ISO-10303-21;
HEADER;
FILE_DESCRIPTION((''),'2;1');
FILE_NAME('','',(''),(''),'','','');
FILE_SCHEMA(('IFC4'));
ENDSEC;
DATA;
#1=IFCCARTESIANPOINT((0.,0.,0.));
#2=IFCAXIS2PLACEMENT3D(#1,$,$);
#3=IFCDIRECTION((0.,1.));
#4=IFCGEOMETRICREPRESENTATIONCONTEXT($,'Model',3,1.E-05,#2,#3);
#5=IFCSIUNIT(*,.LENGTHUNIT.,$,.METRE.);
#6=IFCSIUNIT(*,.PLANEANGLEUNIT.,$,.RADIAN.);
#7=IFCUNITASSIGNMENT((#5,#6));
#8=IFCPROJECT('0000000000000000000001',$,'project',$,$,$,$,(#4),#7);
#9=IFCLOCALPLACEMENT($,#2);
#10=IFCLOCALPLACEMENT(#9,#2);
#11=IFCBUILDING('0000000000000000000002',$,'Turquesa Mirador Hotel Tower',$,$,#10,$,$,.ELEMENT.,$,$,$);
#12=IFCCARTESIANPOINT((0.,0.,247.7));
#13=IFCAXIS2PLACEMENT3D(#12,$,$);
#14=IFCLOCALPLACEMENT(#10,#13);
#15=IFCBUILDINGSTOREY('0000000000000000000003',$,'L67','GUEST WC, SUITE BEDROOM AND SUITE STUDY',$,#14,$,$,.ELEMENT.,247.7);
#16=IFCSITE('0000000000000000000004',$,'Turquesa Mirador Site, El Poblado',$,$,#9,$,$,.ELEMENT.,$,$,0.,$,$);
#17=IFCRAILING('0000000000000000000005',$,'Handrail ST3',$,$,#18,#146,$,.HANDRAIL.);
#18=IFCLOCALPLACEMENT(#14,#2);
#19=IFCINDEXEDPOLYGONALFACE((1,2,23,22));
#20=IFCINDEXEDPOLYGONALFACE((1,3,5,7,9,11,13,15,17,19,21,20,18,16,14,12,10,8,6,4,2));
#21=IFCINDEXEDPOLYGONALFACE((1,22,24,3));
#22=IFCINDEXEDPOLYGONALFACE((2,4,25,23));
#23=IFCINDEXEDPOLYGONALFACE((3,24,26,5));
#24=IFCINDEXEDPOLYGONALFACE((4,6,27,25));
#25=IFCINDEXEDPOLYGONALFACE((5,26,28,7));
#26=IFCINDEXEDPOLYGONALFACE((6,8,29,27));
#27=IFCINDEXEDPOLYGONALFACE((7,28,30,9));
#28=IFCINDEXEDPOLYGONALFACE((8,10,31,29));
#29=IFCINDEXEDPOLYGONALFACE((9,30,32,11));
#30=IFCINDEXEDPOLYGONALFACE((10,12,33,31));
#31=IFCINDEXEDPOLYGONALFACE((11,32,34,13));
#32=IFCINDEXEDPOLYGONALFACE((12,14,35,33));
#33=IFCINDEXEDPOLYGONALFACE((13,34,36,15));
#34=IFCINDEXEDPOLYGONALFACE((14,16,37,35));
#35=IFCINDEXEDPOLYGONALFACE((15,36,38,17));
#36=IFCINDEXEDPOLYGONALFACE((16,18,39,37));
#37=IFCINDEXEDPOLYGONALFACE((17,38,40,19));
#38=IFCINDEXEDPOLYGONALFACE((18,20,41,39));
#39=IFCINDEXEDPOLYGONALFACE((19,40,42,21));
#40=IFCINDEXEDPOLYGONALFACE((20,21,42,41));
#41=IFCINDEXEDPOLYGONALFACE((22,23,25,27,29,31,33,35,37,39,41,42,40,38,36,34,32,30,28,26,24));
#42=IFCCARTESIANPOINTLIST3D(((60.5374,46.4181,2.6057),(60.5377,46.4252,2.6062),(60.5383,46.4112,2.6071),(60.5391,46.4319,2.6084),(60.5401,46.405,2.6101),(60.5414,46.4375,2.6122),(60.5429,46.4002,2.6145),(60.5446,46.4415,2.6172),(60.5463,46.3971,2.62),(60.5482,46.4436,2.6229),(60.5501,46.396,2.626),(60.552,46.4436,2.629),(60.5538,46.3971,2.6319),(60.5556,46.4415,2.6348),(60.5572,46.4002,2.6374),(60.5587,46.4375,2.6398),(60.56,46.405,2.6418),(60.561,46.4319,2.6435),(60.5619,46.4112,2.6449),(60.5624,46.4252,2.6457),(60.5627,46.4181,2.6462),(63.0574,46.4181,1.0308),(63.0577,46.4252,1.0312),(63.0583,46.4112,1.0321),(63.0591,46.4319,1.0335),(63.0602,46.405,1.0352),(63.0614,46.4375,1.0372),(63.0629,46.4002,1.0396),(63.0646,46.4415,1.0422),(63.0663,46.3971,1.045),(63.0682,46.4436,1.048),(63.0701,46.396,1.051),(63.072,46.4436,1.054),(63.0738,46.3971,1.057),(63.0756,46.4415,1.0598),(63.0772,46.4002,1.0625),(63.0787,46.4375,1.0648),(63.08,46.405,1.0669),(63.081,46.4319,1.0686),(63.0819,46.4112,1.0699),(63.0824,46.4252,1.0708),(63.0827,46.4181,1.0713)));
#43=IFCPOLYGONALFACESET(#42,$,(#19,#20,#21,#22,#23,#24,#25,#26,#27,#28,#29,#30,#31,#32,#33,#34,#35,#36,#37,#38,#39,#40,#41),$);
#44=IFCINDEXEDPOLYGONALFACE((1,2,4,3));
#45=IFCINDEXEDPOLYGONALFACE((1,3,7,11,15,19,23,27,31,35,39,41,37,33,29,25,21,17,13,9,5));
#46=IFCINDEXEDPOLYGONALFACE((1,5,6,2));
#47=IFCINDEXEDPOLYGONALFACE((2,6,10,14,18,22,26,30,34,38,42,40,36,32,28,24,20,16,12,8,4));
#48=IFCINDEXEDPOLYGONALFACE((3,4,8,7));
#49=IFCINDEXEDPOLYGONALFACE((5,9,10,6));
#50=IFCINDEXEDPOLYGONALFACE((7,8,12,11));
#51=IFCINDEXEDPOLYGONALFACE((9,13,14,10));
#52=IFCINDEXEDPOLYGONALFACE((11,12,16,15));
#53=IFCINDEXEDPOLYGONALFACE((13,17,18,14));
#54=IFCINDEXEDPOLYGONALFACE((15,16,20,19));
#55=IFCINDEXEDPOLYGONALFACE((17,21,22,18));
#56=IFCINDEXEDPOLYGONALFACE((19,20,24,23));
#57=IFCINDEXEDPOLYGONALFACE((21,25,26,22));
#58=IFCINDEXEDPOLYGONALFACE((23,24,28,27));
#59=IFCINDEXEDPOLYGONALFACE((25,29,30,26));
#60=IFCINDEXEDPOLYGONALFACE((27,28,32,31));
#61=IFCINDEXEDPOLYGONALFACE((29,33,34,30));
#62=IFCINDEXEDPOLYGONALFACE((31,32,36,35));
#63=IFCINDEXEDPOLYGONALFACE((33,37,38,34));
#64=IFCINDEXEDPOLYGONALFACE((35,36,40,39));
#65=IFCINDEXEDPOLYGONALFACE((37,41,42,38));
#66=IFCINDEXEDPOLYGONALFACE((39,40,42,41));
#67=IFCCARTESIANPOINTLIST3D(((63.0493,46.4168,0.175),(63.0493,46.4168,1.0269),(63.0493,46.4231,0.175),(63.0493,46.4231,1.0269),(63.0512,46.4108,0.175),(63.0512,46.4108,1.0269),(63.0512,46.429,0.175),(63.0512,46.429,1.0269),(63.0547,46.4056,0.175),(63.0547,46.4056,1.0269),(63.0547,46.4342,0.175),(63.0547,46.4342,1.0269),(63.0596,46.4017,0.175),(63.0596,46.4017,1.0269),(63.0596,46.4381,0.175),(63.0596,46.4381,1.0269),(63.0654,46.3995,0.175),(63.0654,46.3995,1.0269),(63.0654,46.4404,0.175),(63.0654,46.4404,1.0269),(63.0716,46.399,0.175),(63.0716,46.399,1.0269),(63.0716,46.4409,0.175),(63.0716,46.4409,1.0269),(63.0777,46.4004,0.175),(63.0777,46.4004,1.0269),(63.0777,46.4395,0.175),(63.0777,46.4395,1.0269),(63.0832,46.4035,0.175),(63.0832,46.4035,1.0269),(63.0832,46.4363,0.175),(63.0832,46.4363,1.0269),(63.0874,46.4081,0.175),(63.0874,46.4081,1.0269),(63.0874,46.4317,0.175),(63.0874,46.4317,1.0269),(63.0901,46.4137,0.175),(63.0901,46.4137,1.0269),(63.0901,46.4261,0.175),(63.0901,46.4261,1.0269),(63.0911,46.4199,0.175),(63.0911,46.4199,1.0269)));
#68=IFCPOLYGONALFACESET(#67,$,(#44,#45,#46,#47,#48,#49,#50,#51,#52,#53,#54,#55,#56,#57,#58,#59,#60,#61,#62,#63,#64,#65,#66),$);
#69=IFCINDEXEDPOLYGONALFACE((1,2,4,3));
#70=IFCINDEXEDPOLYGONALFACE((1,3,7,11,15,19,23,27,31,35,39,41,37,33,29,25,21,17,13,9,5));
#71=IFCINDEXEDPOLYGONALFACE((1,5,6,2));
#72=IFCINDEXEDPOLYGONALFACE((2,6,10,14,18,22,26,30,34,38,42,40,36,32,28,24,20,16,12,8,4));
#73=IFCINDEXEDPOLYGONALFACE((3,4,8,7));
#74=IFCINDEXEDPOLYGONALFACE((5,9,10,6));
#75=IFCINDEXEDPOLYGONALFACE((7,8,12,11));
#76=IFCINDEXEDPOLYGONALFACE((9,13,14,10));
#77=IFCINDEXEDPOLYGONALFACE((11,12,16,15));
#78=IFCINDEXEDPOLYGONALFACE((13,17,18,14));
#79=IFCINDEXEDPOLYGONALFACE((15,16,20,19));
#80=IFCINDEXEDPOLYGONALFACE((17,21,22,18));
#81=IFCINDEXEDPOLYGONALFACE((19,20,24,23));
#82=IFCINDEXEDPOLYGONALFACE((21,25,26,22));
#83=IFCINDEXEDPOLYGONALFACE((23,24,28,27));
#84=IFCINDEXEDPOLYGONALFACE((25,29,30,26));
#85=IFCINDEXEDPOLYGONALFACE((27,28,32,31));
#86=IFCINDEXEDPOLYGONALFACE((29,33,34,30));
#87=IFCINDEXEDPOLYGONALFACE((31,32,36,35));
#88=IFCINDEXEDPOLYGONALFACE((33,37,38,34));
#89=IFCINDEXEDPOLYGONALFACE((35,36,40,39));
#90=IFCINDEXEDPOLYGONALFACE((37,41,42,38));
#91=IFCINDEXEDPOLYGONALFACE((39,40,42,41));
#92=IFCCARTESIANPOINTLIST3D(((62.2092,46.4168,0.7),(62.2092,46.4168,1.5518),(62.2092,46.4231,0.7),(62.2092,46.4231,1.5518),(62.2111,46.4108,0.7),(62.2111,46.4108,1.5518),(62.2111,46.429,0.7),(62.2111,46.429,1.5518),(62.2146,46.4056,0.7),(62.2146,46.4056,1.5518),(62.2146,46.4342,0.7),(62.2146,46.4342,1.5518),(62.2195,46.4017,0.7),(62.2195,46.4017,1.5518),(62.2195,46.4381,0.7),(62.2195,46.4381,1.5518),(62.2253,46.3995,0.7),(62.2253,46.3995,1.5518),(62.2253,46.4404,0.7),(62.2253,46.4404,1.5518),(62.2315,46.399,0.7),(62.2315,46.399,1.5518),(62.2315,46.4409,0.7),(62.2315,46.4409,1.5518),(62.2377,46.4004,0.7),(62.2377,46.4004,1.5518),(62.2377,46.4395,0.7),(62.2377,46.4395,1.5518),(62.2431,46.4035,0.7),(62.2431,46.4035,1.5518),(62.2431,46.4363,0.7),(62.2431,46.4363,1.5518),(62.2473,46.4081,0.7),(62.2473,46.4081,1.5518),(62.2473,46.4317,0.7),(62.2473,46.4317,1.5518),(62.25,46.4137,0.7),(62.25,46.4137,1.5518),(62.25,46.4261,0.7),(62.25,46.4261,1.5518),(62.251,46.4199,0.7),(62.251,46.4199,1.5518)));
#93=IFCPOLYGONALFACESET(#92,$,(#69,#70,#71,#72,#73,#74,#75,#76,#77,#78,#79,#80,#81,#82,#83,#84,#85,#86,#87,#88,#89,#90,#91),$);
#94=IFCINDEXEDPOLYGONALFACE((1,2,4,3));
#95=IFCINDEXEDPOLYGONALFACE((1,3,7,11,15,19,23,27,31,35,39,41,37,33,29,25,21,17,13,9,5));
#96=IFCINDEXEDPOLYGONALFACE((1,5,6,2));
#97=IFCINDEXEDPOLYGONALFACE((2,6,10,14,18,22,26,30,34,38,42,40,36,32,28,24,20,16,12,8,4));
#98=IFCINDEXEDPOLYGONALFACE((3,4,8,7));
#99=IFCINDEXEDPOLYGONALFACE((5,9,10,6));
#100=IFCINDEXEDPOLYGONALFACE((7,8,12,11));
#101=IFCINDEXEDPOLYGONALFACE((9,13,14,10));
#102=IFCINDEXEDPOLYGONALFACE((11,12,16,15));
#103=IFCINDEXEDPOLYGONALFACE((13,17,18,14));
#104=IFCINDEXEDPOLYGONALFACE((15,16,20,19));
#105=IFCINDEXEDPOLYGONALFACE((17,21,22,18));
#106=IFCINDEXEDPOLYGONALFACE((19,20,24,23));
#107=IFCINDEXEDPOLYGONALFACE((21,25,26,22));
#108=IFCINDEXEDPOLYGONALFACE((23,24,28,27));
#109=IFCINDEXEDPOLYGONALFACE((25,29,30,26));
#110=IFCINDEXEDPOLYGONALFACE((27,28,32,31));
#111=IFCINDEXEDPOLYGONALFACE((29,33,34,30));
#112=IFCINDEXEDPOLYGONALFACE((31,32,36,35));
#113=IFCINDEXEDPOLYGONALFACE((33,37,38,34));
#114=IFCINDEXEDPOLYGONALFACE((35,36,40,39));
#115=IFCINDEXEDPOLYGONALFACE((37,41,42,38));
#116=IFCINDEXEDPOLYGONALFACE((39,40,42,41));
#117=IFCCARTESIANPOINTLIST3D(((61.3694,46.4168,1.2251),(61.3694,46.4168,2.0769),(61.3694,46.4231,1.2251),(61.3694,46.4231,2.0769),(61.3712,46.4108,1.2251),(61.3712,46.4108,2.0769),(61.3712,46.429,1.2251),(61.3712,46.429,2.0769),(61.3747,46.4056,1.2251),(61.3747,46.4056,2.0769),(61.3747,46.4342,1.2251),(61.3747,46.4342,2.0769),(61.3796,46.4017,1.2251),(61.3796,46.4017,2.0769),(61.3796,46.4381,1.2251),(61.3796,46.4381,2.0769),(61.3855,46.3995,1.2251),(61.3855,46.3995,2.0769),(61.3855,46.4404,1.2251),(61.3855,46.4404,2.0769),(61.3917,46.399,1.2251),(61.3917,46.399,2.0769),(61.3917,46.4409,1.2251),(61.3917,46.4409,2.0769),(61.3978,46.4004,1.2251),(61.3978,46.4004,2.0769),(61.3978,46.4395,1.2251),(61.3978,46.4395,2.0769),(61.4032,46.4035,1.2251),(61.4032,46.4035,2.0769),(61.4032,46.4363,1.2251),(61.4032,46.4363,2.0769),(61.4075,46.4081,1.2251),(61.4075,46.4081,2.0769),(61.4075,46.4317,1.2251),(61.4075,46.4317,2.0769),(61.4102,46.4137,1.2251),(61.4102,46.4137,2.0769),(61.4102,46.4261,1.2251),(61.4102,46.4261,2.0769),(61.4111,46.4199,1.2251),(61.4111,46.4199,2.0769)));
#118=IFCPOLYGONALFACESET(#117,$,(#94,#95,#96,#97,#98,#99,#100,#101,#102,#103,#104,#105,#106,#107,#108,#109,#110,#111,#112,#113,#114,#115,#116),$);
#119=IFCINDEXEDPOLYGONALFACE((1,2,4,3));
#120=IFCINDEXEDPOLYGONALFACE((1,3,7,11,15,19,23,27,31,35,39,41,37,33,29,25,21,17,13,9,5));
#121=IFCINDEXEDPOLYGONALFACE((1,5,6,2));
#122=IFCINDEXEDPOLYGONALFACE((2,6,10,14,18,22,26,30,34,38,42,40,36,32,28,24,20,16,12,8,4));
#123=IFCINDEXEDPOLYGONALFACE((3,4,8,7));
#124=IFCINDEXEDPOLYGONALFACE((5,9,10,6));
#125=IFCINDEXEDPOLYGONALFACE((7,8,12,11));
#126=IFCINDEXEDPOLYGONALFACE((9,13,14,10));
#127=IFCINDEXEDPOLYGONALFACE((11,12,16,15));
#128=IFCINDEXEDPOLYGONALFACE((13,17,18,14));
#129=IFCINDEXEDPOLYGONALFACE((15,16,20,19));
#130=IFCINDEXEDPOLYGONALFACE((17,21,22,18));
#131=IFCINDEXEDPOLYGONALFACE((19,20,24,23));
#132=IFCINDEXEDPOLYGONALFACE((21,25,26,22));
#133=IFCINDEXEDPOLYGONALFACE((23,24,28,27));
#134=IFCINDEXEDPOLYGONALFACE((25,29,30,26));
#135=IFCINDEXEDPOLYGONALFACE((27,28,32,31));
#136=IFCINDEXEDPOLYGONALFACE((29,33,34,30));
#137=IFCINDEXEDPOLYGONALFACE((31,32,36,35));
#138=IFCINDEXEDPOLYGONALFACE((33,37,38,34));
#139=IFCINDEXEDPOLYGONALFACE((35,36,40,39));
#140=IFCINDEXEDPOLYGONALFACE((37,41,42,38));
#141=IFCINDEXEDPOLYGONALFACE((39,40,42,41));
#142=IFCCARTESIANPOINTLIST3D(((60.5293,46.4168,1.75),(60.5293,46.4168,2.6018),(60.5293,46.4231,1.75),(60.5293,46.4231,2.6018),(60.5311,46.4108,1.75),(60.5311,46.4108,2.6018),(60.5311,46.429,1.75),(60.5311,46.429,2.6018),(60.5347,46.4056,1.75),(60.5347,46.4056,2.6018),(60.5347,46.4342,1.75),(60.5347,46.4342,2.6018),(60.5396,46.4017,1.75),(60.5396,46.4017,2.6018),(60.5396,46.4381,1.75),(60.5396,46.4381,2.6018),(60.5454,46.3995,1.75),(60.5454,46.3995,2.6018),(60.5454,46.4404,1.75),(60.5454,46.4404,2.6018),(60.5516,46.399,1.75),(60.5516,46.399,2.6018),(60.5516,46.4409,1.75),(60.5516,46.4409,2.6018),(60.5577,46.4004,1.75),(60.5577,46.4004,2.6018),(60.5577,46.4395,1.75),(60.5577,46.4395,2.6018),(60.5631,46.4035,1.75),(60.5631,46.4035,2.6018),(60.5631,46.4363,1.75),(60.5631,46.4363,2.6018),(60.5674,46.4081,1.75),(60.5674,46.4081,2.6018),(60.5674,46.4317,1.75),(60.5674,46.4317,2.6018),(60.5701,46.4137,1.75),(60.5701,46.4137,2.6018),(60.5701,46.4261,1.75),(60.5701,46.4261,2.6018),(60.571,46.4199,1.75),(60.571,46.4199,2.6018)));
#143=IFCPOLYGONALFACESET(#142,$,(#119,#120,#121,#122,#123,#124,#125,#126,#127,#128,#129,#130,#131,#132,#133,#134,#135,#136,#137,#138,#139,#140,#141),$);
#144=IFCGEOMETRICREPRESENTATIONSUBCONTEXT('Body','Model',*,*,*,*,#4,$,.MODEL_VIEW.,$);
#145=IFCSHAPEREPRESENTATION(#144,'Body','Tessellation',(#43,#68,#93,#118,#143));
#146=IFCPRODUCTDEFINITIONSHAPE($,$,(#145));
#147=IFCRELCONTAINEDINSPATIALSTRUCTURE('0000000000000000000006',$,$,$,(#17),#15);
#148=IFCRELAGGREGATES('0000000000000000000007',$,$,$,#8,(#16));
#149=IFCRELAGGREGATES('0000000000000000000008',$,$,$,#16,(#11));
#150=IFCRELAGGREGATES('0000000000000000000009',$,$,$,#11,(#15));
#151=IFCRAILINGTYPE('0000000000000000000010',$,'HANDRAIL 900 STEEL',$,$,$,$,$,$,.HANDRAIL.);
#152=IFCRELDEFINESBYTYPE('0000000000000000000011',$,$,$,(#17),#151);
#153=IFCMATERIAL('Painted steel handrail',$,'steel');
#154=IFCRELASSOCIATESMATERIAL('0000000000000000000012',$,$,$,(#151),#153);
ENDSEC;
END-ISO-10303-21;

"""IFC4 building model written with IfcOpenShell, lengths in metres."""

from ifc_helpers import new_model, si_unit, direction, frame, origin, origin_2d, place, context, subcontext, project, spatial, circle, extrude, material, type_object, element, save


model = new_model("IFC4")

# Units and contexts
model_context = context("Model", 3, precision=1e-05, world=origin(), true_north=direction((0.0, 1.0)))
body_context = subcontext(model_context, "Body", "Model", "MODEL_VIEW")
ifc_project = project(units=[si_unit("LENGTHUNIT", "METRE"), si_unit("PLANEANGLEUNIT", "RADIAN")], contexts=[model_context])

# Site, building, storey
site_placement = place(None, origin())
site = spatial("IfcSite", under=ifc_project, at=site_placement, Name="Turquesa Mirador Site, El Poblado", CompositionType="ELEMENT", RefElevation=0.0)
building_placement = place(site_placement, origin())
building = spatial("IfcBuilding", under=site, at=building_placement, Name="Turquesa Mirador Hotel Tower", CompositionType="ELEMENT")
storey_placement = place(building_placement, frame((0.0, 0.0, 247.7)))
storey = spatial("IfcBuildingStorey", under=building, at=storey_placement, Name="L67", Description="GUEST WC, SUITE BEDROOM AND SUITE STUDY", CompositionType="ELEMENT", Elevation=247.7)

# Railing
ifc_material_1 = material(Name="Painted steel handrail", Category="steel")
railing_type = type_object("IfcRailingType", Name="HANDRAIL 900 STEEL", PredefinedType="HANDRAIL", material=ifc_material_1)
railing_1_placement = place(storey_placement, frame((63.0701, 46.4199, 0.175)))
element("IfcRailing", 1, at=railing_1_placement, inside=storey, type_object=railing_type, Name="Handrail ST3", PredefinedType="HANDRAIL", context=body_context, shape_type="SweptSolid", body=[
    extrude(circle(Radius=0.0239, at=origin_2d()), frame((0.0, 0.0, 0.876), z_axis=(-0.848008, 0.0, 0.529984), x_axis=(0.0, -1.0, 0.0)), (0.0, 0.0, 1.0), 2.9717),
    extrude(circle(Radius=0.021, at=origin_2d()), origin(), (0.0, 0.0, 1.0), 0.8518),
    extrude(circle(Radius=0.021, at=origin_2d()), frame((-0.8401, 0.0, 0.5249)), (0.0, 0.0, 1.0), 0.8518),
    extrude(circle(Radius=0.021, at=origin_2d()), frame((-1.6799, 0.0, 1.05)), (0.0, 0.0, 1.0), 0.8518),
    extrude(circle(Radius=0.021, at=origin_2d()), frame((-2.52, 0.0, 1.575)), (0.0, 0.0, 1.0), 0.8518),
])

save(model, "model.ifc")
